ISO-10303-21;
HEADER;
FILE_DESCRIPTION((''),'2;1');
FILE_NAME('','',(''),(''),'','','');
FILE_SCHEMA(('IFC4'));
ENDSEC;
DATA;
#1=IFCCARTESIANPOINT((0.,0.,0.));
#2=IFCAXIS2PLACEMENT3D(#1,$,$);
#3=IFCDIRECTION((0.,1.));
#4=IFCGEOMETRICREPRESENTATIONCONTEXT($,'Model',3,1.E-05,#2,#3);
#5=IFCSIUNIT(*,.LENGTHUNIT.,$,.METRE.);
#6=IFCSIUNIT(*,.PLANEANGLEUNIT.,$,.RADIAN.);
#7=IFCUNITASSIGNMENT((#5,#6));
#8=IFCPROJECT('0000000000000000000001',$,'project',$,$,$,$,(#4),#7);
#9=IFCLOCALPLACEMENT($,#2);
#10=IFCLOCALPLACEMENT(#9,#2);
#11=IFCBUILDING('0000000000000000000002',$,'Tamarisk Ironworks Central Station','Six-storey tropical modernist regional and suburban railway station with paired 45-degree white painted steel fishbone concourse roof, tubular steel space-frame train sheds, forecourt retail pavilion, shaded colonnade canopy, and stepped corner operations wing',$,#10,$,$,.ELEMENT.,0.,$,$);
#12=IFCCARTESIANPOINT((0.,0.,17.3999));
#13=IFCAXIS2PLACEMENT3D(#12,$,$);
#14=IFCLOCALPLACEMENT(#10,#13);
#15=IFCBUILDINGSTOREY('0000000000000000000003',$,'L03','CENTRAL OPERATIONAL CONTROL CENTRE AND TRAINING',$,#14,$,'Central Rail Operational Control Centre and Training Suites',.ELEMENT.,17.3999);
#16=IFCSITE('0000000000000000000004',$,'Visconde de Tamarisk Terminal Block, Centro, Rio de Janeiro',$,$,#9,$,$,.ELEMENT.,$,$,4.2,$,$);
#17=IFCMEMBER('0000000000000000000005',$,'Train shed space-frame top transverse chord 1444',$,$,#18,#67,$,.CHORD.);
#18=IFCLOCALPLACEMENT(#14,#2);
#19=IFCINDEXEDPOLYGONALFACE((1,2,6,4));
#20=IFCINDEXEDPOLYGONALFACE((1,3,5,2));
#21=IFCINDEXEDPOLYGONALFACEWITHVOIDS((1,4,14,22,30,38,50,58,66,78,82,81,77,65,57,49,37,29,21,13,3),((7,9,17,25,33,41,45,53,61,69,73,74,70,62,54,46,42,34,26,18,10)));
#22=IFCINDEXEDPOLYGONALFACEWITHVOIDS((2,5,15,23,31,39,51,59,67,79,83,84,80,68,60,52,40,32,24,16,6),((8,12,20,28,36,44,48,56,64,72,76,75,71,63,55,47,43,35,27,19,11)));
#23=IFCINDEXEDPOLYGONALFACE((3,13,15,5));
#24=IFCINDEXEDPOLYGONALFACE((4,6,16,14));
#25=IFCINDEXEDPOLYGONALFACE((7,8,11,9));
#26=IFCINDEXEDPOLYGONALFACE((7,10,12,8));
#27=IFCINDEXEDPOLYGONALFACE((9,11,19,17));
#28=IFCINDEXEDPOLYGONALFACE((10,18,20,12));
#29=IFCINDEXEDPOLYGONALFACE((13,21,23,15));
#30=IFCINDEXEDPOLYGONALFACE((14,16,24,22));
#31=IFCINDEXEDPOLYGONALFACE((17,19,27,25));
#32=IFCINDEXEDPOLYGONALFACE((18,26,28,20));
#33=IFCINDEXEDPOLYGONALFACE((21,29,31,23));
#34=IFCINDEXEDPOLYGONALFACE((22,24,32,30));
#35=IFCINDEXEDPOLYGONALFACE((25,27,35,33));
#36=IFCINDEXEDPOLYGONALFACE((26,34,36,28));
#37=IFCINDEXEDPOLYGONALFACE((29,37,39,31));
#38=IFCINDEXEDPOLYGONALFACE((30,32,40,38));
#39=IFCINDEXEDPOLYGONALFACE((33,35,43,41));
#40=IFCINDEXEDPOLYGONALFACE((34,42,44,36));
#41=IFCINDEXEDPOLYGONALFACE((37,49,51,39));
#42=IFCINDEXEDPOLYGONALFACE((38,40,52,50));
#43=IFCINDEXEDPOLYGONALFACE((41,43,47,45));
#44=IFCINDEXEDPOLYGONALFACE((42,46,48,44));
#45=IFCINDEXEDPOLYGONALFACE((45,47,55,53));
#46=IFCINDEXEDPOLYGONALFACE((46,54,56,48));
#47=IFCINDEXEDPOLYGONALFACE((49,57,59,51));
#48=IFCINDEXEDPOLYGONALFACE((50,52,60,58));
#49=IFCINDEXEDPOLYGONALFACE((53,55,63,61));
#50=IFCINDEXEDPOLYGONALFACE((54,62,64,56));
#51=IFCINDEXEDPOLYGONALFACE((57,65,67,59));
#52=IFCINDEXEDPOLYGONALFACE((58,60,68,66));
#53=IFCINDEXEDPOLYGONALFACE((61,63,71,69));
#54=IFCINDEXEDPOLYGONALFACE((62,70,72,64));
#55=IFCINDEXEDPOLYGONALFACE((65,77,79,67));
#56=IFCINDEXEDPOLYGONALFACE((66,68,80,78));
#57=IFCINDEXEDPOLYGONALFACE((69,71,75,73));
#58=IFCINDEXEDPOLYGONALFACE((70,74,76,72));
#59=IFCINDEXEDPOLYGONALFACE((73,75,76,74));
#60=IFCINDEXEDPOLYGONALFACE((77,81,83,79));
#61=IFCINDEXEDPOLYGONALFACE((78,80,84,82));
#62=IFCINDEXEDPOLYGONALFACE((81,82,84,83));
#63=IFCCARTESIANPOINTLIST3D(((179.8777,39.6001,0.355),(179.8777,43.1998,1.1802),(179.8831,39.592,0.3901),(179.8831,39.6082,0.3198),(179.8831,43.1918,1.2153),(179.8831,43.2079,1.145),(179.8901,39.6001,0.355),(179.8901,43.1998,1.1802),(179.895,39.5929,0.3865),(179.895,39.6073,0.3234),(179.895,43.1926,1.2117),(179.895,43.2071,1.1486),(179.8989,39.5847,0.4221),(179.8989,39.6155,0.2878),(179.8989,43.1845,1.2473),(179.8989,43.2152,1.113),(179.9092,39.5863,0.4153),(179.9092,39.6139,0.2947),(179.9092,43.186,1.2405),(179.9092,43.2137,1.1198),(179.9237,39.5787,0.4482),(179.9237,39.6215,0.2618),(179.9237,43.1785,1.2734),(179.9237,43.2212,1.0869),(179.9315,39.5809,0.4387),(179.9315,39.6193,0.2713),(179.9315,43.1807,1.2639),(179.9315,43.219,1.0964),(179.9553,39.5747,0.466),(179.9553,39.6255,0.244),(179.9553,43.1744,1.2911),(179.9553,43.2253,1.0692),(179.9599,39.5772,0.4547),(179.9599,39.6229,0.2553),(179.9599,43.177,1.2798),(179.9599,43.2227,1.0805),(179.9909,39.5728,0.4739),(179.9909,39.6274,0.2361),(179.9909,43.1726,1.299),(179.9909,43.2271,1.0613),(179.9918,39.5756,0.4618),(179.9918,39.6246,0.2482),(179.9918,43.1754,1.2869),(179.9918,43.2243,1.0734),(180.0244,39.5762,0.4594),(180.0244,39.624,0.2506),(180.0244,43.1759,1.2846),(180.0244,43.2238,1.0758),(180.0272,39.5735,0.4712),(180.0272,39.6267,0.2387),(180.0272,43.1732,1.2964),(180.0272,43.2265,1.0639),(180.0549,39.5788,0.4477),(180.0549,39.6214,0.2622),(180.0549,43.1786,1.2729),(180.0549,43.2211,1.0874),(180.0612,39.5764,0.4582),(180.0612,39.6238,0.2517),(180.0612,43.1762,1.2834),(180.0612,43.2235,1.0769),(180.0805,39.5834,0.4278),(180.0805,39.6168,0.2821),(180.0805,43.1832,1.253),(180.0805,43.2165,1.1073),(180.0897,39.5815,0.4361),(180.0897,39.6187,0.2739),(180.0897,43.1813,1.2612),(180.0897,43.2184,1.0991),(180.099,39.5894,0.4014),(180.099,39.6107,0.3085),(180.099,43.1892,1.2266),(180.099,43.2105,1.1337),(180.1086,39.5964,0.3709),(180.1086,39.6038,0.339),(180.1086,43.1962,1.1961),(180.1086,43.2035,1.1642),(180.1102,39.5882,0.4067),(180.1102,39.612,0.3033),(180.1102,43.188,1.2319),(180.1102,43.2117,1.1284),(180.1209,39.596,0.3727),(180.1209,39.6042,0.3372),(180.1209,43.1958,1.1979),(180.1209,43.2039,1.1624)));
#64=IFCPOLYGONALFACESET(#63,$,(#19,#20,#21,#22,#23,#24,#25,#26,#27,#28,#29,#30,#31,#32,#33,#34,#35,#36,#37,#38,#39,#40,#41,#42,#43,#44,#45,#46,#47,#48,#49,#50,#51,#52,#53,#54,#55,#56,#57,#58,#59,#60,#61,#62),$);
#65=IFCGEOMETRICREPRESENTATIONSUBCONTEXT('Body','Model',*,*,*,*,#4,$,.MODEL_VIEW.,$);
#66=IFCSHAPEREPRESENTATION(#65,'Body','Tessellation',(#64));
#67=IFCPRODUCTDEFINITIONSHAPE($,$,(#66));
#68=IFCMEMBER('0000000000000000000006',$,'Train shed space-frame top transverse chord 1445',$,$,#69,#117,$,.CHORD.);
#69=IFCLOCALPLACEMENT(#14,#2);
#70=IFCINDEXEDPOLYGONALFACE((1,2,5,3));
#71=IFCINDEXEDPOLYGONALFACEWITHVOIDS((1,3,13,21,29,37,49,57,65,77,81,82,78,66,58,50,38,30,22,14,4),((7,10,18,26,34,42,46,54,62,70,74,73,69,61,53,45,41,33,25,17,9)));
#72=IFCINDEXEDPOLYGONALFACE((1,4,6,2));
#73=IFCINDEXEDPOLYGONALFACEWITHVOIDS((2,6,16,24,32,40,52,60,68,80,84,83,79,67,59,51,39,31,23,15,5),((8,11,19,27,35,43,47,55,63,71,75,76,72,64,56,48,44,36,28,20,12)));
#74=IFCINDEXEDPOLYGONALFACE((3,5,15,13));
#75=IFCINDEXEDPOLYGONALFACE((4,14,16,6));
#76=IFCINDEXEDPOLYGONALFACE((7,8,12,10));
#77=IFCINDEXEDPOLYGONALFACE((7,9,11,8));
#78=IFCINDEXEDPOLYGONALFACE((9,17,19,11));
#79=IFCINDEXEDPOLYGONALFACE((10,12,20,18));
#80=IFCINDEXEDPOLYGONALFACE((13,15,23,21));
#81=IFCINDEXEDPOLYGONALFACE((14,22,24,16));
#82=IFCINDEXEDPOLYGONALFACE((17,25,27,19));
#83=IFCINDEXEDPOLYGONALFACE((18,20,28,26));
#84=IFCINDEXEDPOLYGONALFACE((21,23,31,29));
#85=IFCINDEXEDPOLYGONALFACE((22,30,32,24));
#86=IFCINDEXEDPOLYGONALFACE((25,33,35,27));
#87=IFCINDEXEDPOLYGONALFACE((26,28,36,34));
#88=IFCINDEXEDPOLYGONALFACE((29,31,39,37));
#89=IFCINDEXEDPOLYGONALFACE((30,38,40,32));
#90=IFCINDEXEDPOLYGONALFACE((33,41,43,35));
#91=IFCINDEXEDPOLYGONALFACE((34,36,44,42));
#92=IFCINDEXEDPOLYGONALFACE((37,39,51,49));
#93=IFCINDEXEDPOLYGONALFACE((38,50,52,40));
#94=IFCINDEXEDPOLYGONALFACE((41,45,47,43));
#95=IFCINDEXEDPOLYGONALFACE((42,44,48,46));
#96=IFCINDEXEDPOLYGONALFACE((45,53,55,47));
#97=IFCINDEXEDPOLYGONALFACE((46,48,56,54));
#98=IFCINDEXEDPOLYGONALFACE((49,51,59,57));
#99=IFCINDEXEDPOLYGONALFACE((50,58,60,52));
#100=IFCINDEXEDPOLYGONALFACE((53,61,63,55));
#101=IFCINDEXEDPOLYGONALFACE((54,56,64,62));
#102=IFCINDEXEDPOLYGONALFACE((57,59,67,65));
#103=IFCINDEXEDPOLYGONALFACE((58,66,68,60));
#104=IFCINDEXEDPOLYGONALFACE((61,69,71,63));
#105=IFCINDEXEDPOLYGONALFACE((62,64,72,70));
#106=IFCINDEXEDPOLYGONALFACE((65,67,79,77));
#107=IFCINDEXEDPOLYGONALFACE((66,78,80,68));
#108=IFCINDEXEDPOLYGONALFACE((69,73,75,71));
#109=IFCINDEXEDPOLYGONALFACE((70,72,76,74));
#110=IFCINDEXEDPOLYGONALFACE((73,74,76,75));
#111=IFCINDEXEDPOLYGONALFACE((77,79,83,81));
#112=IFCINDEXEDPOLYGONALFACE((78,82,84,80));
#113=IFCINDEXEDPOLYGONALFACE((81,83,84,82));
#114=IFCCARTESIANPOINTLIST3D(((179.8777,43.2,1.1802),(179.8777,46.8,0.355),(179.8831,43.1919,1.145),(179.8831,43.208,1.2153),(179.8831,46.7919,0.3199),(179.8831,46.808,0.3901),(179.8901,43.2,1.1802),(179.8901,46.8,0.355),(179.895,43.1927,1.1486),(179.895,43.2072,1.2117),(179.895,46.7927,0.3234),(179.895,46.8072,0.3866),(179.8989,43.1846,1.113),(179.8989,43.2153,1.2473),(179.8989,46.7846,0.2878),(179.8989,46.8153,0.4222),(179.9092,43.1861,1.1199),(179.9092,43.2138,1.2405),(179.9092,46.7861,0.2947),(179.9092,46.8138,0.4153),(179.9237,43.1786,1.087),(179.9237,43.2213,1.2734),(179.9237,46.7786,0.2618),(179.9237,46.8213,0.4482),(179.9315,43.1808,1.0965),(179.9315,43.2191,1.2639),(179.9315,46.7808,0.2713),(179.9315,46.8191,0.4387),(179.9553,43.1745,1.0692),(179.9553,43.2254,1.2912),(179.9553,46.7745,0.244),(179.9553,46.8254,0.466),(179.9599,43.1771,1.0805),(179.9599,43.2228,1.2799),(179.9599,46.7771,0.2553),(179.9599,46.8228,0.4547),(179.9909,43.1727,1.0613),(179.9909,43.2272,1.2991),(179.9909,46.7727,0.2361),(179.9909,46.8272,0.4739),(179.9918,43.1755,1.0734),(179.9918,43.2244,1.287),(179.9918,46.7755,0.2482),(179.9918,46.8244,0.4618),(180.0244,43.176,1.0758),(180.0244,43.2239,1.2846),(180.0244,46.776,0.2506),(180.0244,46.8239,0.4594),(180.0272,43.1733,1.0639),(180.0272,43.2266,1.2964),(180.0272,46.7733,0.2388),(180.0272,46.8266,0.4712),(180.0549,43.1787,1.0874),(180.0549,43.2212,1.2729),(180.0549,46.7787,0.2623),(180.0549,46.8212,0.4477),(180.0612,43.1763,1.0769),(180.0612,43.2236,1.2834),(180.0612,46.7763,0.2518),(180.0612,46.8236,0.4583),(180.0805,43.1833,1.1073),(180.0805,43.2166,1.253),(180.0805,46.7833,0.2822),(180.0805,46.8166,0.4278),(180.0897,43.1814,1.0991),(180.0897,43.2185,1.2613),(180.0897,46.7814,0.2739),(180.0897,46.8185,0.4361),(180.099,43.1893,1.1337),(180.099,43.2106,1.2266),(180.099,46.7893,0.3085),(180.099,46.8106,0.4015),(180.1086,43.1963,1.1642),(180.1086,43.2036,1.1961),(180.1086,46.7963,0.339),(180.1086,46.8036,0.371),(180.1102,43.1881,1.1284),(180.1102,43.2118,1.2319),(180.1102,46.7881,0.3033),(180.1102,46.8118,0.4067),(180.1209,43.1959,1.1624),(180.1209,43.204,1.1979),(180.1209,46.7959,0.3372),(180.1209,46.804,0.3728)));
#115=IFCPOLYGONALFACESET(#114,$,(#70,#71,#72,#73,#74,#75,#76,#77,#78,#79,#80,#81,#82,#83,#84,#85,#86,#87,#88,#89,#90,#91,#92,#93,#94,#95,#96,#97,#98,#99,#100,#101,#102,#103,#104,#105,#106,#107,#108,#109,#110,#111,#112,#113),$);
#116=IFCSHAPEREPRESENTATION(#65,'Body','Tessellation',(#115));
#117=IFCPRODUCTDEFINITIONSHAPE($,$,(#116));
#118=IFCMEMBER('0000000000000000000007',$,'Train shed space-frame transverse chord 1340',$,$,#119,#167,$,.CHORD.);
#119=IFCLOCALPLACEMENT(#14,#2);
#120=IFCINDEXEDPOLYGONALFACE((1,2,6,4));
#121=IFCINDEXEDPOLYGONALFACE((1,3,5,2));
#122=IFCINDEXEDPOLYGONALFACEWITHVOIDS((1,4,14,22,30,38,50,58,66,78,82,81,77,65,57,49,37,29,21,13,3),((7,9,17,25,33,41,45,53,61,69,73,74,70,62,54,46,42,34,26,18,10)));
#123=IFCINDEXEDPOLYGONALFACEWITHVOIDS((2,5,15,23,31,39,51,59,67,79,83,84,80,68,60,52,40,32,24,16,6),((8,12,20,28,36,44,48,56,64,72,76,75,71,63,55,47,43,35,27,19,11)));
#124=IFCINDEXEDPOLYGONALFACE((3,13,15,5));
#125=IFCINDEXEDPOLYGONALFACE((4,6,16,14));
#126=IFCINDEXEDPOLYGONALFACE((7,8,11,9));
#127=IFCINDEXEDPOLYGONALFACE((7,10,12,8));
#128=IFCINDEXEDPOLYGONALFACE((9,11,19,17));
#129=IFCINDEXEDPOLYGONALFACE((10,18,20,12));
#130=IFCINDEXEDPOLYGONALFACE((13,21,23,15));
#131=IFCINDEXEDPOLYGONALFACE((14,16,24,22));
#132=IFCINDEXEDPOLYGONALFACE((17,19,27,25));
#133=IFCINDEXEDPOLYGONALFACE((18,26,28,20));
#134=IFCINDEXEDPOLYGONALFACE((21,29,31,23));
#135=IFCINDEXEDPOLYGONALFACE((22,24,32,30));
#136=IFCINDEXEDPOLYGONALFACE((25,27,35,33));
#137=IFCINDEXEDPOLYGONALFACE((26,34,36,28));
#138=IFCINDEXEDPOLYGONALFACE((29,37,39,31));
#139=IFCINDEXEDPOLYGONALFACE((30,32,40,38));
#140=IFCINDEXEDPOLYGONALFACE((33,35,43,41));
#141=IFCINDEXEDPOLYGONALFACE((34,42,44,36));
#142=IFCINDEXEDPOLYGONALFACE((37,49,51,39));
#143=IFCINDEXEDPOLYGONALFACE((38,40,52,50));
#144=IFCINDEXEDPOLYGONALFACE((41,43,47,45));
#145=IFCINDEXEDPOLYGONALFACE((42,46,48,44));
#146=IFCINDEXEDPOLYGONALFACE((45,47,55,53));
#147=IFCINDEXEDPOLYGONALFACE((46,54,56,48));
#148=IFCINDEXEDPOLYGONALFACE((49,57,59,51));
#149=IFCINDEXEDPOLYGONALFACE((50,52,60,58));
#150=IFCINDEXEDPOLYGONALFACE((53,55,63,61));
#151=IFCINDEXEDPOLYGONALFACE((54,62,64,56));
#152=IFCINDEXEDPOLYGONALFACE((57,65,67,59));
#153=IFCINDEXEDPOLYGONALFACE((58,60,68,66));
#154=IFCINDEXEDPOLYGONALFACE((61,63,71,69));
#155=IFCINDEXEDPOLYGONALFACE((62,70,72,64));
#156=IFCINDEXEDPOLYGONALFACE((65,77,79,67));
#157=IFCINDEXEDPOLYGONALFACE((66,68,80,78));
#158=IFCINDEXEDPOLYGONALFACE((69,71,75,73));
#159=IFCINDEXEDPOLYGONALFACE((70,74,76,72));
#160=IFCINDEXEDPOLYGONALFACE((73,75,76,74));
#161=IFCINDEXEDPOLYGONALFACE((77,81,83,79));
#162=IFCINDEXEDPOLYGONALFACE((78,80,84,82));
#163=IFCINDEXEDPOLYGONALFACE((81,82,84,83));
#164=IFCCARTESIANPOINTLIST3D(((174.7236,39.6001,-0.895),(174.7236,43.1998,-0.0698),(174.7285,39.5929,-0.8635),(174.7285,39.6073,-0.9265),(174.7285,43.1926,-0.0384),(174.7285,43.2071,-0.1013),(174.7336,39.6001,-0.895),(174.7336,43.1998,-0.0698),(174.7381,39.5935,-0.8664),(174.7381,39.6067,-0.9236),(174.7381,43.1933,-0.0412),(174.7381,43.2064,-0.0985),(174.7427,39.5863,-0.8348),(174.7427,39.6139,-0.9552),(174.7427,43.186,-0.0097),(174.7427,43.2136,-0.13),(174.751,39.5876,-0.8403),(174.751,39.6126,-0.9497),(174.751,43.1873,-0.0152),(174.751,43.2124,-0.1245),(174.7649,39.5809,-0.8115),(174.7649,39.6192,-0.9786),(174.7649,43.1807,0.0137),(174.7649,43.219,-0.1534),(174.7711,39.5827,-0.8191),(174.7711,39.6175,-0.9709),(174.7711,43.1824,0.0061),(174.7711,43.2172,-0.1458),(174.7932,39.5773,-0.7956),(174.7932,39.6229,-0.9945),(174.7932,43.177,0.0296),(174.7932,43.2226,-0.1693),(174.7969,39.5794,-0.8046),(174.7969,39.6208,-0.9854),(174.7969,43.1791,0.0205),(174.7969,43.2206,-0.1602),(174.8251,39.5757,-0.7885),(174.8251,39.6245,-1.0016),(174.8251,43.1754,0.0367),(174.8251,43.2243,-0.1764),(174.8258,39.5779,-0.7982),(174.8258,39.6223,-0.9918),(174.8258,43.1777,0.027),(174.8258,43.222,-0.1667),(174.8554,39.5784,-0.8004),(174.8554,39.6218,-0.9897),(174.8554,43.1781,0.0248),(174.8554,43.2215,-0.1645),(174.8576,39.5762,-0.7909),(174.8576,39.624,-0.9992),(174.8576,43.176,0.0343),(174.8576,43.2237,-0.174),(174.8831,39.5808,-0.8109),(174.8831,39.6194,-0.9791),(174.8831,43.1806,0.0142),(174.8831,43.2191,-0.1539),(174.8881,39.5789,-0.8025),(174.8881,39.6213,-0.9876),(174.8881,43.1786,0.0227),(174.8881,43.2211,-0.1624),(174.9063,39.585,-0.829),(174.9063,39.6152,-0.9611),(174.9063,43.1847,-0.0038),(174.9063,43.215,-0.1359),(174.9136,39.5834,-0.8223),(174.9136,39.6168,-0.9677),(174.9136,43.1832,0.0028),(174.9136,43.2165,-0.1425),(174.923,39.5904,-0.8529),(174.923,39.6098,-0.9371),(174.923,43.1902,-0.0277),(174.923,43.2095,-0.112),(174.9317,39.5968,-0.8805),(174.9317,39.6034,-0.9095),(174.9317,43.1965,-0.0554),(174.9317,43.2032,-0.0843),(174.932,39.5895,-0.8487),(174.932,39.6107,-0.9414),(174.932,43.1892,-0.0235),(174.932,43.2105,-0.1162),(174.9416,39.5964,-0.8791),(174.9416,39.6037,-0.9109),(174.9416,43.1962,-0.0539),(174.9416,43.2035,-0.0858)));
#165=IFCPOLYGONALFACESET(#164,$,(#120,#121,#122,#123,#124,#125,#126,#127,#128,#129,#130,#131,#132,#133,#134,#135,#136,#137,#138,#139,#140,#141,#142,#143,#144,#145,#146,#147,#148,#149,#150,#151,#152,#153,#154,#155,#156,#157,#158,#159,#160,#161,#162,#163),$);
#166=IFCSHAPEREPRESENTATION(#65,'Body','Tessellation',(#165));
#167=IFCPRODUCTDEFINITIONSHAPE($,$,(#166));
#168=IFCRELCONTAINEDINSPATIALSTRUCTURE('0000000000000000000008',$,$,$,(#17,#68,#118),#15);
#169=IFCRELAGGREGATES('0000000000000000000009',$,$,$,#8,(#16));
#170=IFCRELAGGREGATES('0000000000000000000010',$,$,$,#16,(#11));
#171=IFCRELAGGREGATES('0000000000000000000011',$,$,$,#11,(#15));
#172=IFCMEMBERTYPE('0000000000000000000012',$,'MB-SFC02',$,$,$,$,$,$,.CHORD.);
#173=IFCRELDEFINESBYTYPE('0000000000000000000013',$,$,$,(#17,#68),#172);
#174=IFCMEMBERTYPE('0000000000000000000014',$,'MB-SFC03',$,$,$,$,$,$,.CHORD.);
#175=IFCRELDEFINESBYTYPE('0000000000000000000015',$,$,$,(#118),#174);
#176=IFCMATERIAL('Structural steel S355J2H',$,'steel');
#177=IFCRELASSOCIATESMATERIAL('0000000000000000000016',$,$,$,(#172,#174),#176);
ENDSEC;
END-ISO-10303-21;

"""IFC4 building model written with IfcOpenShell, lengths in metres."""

from ifc_helpers import new_model, si_unit, direction, frame, origin, origin_2d, place, context, subcontext, project, spatial, hollow_circle, extrude, material, material_profile, profile_set, type_object, element, save


model = new_model("IFC4")

# Units and contexts
model_context = context("Model", 3, precision=1e-05, world=origin(), true_north=direction((0.0, 1.0)))
body_context = subcontext(model_context, "Body", "Model", "MODEL_VIEW")
ifc_project = project(units=[si_unit("LENGTHUNIT", "METRE"), si_unit("PLANEANGLEUNIT", "RADIAN")], contexts=[model_context])

# Site, building, storey
site_placement = place(None, origin())
site = spatial("IfcSite", under=ifc_project, at=site_placement, Name="Visconde de Tamarisk Terminal Block, Centro, Rio de Janeiro", CompositionType="ELEMENT", RefElevation=4.2)
building_placement = place(site_placement, origin())
building = spatial("IfcBuilding", under=site, at=building_placement, Name="Tamarisk Ironworks Central Station", Description="Six-storey tropical modernist regional and suburban railway station with paired 45-degree white painted steel fishbone concourse roof, tubular steel space-frame train sheds, forecourt retail pavilion, shaded colonnade canopy, and stepped corner operations wing", CompositionType="ELEMENT", ElevationOfRefHeight=0.0)
storey_placement = place(building_placement, frame((0.0, 0.0, 17.3999)))
storey = spatial("IfcBuildingStorey", under=building, at=storey_placement, Name="L03", Description="CENTRAL OPERATIONAL CONTROL CENTRE AND TRAINING", LongName="Central Rail Operational Control Centre and Training Suites", CompositionType="ELEMENT", Elevation=17.3999)

# Members
ifc_material = material(Name="Structural steel S355J2H", Category="steel")
ifc_material_profile_1 = material_profile(ifc_material, hollow_circle(Radius=0.1223, WallThickness=0.0125, at=origin_2d()), Name="CHS 244.5x12.5")
ifc_profile_set_1 = profile_set([ifc_material_profile_1], Name="Structural steel S355J2H")
member_type_1 = type_object("IfcMemberType", Name="MB-SFC02", PredefinedType="CHORD", material=ifc_profile_set_1)
for number, where, z_axis, x_axis, name in (
    (1, (180.0, 39.6001, 0.355), (0.0, 0.974719, 0.223435), (-1.0, 0.0, 0.0), "Train shed space-frame top transverse chord 1444"),
):
    element("IfcMember", number, at=place(storey_placement, frame(where, z_axis=z_axis, x_axis=x_axis)), inside=storey, type_object=member_type_1, Name=name, PredefinedType="CHORD", context=body_context, shape_type="SweptSolid", body=[
        extrude(hollow_circle(Radius=0.1223, WallThickness=0.0125, at=origin_2d()), origin(), (0.0, 0.0, 1.0), 3.6931),
    ])
member_1_placement = place(storey_placement, frame((180.0, 43.2, 1.1802), z_axis=(0.0, 0.974722, -0.223421), x_axis=(-1.0, 0.0, 0.0)))
element("IfcMember", 2, at=member_1_placement, inside=storey, type_object=member_type_1, Name="Train shed space-frame top transverse chord 1445", PredefinedType="CHORD", context=body_context, shape_type="SweptSolid", body=[
    extrude(hollow_circle(Radius=0.1223, WallThickness=0.0125, at=origin_2d()), origin(), (0.0, 0.0, 1.0), 3.6934),
])
ifc_material_profile_2 = material_profile(ifc_material, hollow_circle(Radius=0.1096, WallThickness=0.01, at=origin_2d()), Name="CHS 219.1x10")
ifc_profile_set_2 = profile_set([ifc_material_profile_2], Name="Structural steel S355J2H")
member_type_2 = type_object("IfcMemberType", Name="MB-SFC03", PredefinedType="CHORD", material=ifc_profile_set_2)
member_2_placement = place(storey_placement, frame((174.8333, 39.6001, -0.895), z_axis=(0.0, 0.974719, 0.223435), x_axis=(-1.0, 0.0, 0.0)))
element("IfcMember", 3, at=member_2_placement, inside=storey, type_object=member_type_2, Name="Train shed space-frame transverse chord 1340", PredefinedType="CHORD", context=body_context, shape_type="SweptSolid", body=[
    extrude(hollow_circle(Radius=0.1096, WallThickness=0.01, at=origin_2d()), origin(), (0.0, 0.0, 1.0), 3.6931),
])

save(model, "model.ifc")
